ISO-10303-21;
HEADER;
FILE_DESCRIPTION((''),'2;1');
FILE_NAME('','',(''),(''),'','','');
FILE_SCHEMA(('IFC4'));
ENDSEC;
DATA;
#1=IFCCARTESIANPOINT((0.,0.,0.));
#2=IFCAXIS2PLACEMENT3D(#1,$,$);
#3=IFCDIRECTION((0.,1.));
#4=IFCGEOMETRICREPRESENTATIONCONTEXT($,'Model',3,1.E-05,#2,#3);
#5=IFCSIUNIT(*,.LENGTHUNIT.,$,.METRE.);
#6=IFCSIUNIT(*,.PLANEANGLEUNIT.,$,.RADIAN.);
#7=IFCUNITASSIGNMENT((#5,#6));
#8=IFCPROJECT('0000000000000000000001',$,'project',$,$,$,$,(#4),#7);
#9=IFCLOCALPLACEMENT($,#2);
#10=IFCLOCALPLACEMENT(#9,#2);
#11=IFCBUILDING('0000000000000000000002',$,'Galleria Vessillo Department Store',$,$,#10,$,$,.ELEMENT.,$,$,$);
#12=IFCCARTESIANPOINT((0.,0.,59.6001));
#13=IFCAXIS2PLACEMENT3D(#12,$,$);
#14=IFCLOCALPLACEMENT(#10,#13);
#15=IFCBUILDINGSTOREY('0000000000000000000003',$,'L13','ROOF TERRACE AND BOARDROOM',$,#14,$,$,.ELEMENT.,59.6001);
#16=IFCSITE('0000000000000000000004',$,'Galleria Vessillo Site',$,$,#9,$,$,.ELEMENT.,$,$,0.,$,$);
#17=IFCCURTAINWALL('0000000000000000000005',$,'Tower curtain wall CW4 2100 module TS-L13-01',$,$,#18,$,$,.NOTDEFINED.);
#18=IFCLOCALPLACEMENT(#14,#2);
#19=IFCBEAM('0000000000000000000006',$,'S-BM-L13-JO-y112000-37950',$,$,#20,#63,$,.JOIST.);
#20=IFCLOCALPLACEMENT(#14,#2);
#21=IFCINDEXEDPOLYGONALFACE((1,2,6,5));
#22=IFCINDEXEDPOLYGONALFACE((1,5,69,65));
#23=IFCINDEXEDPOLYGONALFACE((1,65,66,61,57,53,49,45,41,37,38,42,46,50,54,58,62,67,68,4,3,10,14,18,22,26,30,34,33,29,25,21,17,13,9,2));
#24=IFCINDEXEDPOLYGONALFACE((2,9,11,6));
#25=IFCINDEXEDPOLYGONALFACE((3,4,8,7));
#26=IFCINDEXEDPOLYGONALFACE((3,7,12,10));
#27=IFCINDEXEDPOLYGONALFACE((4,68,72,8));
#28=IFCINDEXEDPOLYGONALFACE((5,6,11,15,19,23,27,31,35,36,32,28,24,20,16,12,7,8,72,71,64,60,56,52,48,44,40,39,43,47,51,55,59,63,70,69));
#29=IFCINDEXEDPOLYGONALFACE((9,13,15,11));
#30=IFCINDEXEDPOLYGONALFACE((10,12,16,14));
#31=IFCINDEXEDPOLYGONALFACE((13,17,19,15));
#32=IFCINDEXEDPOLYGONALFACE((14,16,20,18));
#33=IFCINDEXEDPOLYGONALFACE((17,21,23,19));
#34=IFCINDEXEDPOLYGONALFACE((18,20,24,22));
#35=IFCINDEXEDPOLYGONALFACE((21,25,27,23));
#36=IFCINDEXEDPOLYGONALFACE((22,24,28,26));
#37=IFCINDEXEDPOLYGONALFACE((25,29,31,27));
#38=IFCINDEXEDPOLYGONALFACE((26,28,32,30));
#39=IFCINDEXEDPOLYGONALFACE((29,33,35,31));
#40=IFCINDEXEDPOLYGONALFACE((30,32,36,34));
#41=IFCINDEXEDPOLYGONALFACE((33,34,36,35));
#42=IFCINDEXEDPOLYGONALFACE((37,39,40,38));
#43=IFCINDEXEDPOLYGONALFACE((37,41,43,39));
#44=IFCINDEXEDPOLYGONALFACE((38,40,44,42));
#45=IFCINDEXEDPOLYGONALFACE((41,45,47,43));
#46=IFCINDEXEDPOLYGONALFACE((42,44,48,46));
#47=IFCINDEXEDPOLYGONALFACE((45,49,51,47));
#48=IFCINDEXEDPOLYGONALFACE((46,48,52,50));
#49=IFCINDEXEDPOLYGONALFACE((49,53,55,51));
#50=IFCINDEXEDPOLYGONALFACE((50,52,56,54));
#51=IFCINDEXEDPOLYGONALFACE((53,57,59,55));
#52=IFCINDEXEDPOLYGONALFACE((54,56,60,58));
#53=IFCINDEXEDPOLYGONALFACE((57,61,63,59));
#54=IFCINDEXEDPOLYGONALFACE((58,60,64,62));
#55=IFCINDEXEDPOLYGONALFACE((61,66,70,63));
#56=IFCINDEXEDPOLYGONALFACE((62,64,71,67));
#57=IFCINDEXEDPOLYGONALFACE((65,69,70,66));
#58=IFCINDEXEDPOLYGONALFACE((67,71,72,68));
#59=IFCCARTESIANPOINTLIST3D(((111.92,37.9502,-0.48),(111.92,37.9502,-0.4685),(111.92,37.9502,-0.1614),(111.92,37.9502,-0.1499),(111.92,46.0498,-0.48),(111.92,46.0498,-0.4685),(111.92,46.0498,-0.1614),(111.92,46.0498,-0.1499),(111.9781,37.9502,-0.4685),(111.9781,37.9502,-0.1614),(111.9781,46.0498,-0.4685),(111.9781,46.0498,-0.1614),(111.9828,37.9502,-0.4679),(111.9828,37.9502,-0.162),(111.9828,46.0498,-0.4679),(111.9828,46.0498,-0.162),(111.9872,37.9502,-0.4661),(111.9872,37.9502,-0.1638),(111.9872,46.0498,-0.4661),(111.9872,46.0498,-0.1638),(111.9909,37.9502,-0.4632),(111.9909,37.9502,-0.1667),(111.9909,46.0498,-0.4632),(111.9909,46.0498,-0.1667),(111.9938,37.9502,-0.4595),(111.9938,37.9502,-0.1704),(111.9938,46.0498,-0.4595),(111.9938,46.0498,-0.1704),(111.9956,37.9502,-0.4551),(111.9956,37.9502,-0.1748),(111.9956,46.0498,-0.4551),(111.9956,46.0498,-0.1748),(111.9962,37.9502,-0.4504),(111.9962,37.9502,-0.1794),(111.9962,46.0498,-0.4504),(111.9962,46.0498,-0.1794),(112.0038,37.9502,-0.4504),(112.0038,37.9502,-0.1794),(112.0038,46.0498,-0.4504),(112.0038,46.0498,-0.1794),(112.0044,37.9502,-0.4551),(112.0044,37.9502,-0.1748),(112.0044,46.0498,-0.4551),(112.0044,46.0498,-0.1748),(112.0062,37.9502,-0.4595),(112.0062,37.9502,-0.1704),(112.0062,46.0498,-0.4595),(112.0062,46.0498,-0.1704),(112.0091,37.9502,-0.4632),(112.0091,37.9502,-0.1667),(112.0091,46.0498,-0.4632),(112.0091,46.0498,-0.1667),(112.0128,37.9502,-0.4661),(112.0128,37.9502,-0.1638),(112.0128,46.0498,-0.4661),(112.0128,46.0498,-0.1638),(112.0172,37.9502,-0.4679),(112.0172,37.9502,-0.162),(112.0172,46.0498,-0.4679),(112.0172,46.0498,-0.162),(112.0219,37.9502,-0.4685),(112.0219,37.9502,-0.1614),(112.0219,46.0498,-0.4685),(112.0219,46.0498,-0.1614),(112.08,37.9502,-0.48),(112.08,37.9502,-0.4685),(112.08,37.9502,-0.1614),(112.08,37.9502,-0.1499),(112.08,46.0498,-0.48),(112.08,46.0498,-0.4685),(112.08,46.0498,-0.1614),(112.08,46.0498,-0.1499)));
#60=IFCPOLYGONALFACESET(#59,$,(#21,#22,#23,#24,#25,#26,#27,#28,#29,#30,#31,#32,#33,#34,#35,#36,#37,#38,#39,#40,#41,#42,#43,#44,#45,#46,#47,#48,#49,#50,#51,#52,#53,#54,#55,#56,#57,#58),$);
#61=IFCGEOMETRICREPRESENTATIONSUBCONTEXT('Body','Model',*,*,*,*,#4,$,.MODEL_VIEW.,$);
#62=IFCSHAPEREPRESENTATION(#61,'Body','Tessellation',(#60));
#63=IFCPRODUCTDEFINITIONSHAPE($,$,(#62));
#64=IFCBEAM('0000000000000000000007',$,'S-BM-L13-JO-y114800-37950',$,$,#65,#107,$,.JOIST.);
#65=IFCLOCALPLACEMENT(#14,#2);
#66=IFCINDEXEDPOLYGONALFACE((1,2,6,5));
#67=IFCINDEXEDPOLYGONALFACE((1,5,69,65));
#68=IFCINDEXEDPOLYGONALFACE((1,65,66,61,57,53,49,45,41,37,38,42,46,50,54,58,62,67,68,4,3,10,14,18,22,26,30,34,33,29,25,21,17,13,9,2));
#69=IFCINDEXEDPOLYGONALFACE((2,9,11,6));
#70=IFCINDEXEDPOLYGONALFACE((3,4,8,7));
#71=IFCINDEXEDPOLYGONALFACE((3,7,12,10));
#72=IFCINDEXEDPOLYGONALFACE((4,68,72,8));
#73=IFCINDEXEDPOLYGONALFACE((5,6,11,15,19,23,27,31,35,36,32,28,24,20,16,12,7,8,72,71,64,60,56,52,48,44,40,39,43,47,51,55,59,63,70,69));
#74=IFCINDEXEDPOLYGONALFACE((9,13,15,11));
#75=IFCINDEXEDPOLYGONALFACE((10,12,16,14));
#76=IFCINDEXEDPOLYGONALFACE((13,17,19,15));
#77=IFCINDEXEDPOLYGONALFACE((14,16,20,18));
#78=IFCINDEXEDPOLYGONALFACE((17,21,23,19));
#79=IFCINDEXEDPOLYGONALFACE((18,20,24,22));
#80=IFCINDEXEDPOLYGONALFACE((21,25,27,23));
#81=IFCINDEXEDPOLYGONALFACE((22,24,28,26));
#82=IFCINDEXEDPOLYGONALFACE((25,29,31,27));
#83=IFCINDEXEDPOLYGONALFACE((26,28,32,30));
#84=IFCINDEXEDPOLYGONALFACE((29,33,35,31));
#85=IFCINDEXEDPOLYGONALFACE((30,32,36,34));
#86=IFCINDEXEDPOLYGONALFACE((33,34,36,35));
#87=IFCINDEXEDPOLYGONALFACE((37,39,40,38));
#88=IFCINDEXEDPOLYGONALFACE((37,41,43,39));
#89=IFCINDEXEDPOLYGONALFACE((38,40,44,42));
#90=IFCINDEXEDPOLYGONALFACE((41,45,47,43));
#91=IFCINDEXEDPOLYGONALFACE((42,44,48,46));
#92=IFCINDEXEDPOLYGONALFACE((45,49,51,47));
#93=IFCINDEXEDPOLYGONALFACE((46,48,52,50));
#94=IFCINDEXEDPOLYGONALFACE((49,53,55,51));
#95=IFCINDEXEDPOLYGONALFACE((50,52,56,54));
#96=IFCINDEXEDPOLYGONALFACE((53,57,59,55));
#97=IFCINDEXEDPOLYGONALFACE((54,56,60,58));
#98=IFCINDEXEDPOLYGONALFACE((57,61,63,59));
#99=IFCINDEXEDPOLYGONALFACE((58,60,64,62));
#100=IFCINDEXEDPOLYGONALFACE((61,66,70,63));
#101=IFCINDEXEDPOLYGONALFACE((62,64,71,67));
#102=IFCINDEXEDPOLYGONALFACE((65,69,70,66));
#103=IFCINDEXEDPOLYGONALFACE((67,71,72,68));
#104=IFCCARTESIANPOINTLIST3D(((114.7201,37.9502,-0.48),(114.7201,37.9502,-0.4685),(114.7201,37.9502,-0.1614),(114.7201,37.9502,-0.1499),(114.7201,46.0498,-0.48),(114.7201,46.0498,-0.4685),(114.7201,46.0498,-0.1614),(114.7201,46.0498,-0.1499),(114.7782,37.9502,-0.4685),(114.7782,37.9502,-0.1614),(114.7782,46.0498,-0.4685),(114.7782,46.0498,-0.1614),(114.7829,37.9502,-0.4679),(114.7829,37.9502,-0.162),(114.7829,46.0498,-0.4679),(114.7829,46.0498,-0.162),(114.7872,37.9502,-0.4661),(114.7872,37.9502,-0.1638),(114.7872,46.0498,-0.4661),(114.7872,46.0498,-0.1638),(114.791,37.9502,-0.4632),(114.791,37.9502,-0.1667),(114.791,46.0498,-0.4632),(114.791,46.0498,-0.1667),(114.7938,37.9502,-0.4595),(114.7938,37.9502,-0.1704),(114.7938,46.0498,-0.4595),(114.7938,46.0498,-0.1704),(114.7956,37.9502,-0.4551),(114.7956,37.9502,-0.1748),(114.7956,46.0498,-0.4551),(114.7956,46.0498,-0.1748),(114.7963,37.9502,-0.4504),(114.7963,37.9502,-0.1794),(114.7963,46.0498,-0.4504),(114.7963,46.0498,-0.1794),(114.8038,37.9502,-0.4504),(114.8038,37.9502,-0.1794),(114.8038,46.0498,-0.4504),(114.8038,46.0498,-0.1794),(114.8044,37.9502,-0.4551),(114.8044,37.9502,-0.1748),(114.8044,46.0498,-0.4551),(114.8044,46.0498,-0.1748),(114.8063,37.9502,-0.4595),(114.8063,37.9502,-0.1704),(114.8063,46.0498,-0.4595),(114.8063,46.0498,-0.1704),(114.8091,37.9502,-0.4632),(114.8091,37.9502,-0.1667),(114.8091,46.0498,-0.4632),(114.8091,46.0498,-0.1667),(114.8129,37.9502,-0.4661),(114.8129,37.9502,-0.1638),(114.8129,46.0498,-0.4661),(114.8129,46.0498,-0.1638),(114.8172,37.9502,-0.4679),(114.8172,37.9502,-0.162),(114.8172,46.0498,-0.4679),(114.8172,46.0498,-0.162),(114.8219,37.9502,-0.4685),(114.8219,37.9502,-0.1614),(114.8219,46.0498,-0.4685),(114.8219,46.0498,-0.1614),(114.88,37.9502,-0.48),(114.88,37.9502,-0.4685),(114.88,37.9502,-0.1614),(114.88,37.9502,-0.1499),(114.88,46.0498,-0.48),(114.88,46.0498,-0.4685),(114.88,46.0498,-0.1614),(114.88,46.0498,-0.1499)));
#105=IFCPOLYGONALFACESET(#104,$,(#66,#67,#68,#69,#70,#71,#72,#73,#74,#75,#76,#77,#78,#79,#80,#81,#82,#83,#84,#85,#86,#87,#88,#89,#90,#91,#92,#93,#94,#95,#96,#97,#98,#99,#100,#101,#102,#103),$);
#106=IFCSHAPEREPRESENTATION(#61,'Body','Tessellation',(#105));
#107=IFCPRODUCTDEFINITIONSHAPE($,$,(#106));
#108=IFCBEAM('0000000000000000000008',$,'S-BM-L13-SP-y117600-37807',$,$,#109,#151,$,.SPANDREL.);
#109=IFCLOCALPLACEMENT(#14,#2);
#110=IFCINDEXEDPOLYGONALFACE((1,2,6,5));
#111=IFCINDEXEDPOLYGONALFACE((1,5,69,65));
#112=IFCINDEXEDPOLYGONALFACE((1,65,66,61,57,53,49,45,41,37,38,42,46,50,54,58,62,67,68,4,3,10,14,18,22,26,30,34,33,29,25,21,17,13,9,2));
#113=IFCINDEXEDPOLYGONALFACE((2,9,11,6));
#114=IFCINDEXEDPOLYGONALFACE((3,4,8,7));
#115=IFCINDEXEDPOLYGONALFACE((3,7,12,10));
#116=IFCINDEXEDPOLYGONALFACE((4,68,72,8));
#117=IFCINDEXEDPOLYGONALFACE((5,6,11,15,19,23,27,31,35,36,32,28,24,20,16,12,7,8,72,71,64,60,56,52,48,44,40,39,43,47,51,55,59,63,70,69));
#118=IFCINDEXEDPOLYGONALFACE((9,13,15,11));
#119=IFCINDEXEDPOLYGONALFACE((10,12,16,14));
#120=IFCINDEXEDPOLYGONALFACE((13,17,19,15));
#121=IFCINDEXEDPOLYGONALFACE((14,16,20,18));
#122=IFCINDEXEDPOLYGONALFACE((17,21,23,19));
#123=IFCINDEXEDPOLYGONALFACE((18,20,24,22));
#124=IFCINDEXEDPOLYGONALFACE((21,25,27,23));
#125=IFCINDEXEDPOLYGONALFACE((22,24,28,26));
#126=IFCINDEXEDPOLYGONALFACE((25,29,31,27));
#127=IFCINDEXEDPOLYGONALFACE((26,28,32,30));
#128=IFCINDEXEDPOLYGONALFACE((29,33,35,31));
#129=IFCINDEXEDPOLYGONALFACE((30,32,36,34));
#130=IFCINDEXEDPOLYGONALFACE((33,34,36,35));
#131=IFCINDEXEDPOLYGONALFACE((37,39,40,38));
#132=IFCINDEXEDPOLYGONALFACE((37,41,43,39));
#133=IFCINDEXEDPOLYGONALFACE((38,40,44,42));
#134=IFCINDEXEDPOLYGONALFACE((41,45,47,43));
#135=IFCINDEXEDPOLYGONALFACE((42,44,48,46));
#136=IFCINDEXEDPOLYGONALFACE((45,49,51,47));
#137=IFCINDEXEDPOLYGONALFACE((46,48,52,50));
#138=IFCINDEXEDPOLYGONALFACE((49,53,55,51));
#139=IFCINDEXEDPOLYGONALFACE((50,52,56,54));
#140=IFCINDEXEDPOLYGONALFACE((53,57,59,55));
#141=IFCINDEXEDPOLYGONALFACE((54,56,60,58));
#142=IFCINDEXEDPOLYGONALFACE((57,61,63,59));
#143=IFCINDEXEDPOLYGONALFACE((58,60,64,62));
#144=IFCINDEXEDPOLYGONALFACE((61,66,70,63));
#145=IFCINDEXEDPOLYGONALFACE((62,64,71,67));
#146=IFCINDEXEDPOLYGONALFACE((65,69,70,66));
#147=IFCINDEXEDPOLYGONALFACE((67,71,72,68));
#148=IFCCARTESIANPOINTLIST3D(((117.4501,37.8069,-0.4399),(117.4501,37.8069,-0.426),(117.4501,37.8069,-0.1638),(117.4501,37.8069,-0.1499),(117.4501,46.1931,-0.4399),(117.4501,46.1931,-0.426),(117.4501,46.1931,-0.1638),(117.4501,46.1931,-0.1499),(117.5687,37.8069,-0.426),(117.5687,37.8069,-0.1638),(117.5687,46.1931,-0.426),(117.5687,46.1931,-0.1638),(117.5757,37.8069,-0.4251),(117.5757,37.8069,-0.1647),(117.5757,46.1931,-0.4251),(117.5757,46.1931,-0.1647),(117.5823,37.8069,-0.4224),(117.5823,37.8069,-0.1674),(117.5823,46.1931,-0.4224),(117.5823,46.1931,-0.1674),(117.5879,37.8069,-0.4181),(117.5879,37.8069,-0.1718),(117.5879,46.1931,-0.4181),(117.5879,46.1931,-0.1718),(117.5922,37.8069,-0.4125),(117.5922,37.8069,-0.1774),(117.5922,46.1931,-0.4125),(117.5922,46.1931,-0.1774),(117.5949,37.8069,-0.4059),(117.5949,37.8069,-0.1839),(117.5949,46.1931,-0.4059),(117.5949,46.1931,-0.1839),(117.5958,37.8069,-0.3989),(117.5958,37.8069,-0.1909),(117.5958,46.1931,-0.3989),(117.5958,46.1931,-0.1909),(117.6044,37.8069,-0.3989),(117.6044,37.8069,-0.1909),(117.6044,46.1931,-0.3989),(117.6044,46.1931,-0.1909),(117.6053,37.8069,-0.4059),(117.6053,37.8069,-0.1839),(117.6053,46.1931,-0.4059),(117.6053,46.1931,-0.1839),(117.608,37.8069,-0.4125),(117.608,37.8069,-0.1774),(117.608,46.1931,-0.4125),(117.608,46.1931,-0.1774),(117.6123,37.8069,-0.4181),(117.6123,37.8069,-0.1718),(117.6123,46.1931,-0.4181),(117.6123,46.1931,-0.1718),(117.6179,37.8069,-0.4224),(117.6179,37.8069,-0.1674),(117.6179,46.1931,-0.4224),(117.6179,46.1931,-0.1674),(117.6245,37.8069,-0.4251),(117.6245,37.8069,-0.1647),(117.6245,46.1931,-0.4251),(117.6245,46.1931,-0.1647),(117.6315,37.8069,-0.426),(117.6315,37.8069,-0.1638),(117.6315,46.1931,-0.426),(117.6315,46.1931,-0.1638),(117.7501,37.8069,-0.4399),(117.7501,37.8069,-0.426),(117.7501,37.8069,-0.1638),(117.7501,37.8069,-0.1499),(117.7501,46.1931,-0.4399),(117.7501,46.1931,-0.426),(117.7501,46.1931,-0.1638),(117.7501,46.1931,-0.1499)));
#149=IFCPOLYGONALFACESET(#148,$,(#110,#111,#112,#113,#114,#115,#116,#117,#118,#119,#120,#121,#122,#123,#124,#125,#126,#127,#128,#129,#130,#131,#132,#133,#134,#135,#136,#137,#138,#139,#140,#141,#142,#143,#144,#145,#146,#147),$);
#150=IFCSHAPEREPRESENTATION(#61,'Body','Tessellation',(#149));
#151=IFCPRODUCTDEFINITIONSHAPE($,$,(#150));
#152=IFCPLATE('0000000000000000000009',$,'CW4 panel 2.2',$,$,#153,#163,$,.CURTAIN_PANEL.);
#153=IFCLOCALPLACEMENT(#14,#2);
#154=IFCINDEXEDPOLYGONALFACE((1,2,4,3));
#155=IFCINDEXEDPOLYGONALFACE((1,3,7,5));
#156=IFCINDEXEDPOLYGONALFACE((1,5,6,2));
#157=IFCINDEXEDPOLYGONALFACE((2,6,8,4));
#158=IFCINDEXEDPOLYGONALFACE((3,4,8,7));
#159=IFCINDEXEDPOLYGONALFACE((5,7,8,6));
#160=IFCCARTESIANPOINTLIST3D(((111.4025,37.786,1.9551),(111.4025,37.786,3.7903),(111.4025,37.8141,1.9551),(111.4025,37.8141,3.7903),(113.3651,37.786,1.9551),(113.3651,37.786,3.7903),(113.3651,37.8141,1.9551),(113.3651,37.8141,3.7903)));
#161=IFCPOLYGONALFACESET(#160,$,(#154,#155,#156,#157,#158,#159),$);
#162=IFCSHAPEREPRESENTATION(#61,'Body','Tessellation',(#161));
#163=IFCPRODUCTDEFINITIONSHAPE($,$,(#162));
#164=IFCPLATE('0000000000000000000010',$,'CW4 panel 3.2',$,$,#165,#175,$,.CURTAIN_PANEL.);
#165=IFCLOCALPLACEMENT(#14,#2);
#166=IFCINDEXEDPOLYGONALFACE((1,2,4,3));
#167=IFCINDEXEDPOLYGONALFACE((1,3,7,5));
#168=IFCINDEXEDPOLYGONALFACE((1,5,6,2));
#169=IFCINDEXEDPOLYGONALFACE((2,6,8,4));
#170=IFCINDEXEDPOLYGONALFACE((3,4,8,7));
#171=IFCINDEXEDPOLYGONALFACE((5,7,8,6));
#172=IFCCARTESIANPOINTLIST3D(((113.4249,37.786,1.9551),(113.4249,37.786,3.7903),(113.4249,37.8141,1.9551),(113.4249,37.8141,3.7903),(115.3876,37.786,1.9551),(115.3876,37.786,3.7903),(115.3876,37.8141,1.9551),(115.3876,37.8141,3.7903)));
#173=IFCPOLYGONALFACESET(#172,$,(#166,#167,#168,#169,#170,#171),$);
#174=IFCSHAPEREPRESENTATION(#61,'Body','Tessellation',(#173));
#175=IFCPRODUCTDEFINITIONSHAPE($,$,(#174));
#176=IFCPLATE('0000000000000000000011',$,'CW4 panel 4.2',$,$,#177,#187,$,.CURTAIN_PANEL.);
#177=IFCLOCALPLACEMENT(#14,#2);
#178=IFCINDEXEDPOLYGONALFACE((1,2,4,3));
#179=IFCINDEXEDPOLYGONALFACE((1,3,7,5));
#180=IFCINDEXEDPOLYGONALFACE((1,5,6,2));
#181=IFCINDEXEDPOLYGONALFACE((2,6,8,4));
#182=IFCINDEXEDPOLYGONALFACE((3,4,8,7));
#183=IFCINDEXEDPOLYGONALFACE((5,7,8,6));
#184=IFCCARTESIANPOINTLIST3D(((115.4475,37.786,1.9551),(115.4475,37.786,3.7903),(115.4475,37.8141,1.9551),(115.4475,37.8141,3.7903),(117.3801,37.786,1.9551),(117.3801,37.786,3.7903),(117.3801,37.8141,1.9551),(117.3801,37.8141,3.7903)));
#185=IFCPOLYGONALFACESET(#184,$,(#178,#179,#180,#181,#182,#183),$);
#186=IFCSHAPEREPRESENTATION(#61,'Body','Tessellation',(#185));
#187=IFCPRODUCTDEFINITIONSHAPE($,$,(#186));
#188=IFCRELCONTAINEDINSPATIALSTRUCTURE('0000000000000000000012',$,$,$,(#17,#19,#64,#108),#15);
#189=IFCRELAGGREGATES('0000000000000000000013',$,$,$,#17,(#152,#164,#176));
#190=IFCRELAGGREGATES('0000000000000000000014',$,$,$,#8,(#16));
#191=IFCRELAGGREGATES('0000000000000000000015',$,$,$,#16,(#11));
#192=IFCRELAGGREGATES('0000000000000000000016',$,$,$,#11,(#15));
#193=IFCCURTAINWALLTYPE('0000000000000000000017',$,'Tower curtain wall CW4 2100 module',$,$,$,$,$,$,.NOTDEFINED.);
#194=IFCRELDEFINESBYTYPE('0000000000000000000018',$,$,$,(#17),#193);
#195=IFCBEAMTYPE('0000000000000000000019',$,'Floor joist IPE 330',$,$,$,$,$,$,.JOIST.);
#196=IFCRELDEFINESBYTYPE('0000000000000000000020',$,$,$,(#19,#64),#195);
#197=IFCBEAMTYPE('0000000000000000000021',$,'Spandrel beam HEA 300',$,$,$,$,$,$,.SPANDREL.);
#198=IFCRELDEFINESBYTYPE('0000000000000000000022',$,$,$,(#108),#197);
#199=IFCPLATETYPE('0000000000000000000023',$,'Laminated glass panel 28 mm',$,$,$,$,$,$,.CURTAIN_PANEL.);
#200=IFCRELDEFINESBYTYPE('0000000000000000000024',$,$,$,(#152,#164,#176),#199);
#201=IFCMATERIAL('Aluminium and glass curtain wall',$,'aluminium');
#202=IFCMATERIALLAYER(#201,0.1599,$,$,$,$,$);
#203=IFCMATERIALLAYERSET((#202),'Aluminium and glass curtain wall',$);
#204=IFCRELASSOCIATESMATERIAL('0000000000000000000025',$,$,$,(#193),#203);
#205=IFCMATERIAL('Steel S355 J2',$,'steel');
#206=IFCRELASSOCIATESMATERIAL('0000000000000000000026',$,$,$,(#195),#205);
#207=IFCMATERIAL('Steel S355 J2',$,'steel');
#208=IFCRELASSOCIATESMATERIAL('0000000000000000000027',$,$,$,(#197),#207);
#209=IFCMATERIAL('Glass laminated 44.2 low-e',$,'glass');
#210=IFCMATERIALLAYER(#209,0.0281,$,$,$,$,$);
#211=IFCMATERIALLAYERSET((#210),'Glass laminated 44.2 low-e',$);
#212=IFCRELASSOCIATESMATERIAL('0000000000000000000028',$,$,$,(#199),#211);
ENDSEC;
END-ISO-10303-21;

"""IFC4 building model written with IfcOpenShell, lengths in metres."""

from ifc_helpers import new_model, si_unit, direction, frame, origin, origin_2d, place, context, subcontext, project, spatial, rectangle, i_section, extrude, material, layer, layer_set, material_profile, profile_set, type_object, element, aggregate, save


model = new_model("IFC4")

# Units and contexts
model_context = context("Model", 3, precision=1e-05, world=origin(), true_north=direction((0.0, 1.0)))
body_context = subcontext(model_context, "Body", "Model", "MODEL_VIEW")
ifc_project = project(units=[si_unit("LENGTHUNIT", "METRE"), si_unit("PLANEANGLEUNIT", "RADIAN")], contexts=[model_context])

# Site, building, storey
site_placement = place(None, origin())
site = spatial("IfcSite", under=ifc_project, at=site_placement, Name="Galleria Vessillo Site", CompositionType="ELEMENT", RefElevation=0.0)
building_placement = place(site_placement, origin())
building = spatial("IfcBuilding", under=site, at=building_placement, Name="Galleria Vessillo Department Store", CompositionType="ELEMENT")
storey_placement = place(building_placement, frame((0.0, 0.0, 59.6001)))
storey = spatial("IfcBuildingStorey", under=building, at=storey_placement, Name="L13", Description="ROOF TERRACE AND BOARDROOM", CompositionType="ELEMENT", Elevation=59.6001)

# Curtain wall
ifc_material_1 = material(Name="Aluminium and glass curtain wall", Category="aluminium")
ifc_layer_1 = layer(ifc_material_1, 0.1599)
ifc_layer_set_1 = layer_set([ifc_layer_1], Name="Aluminium and glass curtain wall")
curtain_wall_type = type_object("IfcCurtainWallType", Name="Tower curtain wall CW4 2100 module", PredefinedType="NOTDEFINED", material=ifc_layer_set_1)
curtain_wall_1_placement = place(storey_placement, origin())
curtain_wall_1 = element("IfcCurtainWall", 1, at=curtain_wall_1_placement, inside=storey, type_object=curtain_wall_type, Name="Tower curtain wall CW4 2100 module TS-L13-01", PredefinedType="NOTDEFINED")

# Beams
ifc_material_2 = material(Name="Steel S355 J2", Category="steel")
ifc_material_profile_1 = material_profile(ifc_material_2, i_section(OverallWidth=0.1599, OverallDepth=0.3301, WebThickness=0.0076, FlangeThickness=0.0115, FilletRadius=0.0181, at=origin_2d()), Name="IPE 330")
ifc_profile_set_1 = profile_set([ifc_material_profile_1], Name="Steel S355 J2")
beam_type_1 = type_object("IfcBeamType", Name="Floor joist IPE 330", PredefinedType="JOIST", material=ifc_profile_set_1)
for number, where, z_axis, x_axis, name in (
    (2, (112.0, 37.9502, -0.3149), (0.0, 1.0, 0.0), (-1.0, 0.0, 0.0), "S-BM-L13-JO-y112000-37950"),
    (3, (114.8, 37.9502, -0.3149), (0.0, 1.0, 0.0), (-1.0, 0.0, 0.0), "S-BM-L13-JO-y114800-37950"),
):
    element("IfcBeam", number, at=place(storey_placement, frame(where, z_axis=z_axis, x_axis=x_axis)), inside=storey, type_object=beam_type_1, Name=name, PredefinedType="JOIST", context=body_context, shape_type="SweptSolid", body=[
        extrude(i_section(OverallWidth=0.1599, OverallDepth=0.3301, WebThickness=0.0076, FlangeThickness=0.0115, FilletRadius=0.0181, at=origin_2d()), origin(), (0.0, 0.0, 1.0), 8.0996),
    ])
ifc_material_3 = material(Name="Steel S355 J2", Category="steel")
ifc_material_profile_2 = material_profile(ifc_material_3, i_section(OverallWidth=0.3, OverallDepth=0.29, WebThickness=0.0085, FlangeThickness=0.0139, FilletRadius=0.0271, at=origin_2d()), Name="HEA 300")
ifc_profile_set_2 = profile_set([ifc_material_profile_2], Name="Steel S355 J2")
beam_type_2 = type_object("IfcBeamType", Name="Spandrel beam HEA 300", PredefinedType="SPANDREL", material=ifc_profile_set_2)
beam_placement = place(storey_placement, frame((117.6001, 37.8069, -0.2949), z_axis=(0.0, 1.0, 0.0), x_axis=(-1.0, 0.0, 0.0)))
element("IfcBeam", 4, at=beam_placement, inside=storey, type_object=beam_type_2, Name="S-BM-L13-SP-y117600-37807", PredefinedType="SPANDREL", context=body_context, shape_type="SweptSolid", body=[
    extrude(i_section(OverallWidth=0.3, OverallDepth=0.29, WebThickness=0.0085, FlangeThickness=0.0139, FilletRadius=0.0271, at=origin_2d()), origin(), (0.0, 0.0, 1.0), 8.3862),
])

# Plates
ifc_material_4 = material(Name="Glass laminated 44.2 low-e", Category="glass")
ifc_layer_2 = layer(ifc_material_4, 0.0281)
ifc_layer_set_2 = layer_set([ifc_layer_2], Name="Glass laminated 44.2 low-e")
plate_type_1 = type_object("IfcPlateType", Name="Laminated glass panel 28 mm", PredefinedType="CURTAIN_PANEL", material=ifc_layer_set_2)
plate_1_placement = place(storey_placement, frame((112.3838, 37.8, 1.9551), z_axis=(0.0, 0.0, 1.0), x_axis=(1.0, 0.0, 0.0)))
plate_1 = element("IfcPlate", 5, at=plate_1_placement, type_object=plate_type_1, Name="CW4 panel 2.2", PredefinedType="CURTAIN_PANEL", context=body_context, shape_type="SweptSolid", body=[
    extrude(rectangle(XDim=1.9626, YDim=0.0281, at=origin_2d()), origin(), (0.0, 0.0, 1.0), 1.8352),
])
plate_2_placement = place(storey_placement, frame((114.4062, 37.8, 1.9551), z_axis=(0.0, 0.0, 1.0), x_axis=(1.0, 0.0, 0.0)))
plate_2 = element("IfcPlate", 6, at=plate_2_placement, type_object=plate_type_1, Name="CW4 panel 3.2", PredefinedType="CURTAIN_PANEL", context=body_context, shape_type="SweptSolid", body=[
    extrude(rectangle(XDim=1.9626, YDim=0.0281, at=origin_2d()), origin(), (0.0, 0.0, 1.0), 1.8352),
])
plate_3_placement = place(storey_placement, frame((116.4138, 37.8, 1.9551), z_axis=(0.0, 0.0, 1.0), x_axis=(1.0, 0.0, 0.0)))
plate_3 = element("IfcPlate", 7, at=plate_3_placement, type_object=plate_type_1, Name="CW4 panel 4.2", PredefinedType="CURTAIN_PANEL", context=body_context, shape_type="SweptSolid", body=[
    extrude(rectangle(XDim=1.9326, YDim=0.0281, at=origin_2d()), origin(), (0.0, 0.0, 1.0), 1.8352),
])
aggregate(curtain_wall_1, [plate_1, plate_2, plate_3])

save(model, "model.ifc")
